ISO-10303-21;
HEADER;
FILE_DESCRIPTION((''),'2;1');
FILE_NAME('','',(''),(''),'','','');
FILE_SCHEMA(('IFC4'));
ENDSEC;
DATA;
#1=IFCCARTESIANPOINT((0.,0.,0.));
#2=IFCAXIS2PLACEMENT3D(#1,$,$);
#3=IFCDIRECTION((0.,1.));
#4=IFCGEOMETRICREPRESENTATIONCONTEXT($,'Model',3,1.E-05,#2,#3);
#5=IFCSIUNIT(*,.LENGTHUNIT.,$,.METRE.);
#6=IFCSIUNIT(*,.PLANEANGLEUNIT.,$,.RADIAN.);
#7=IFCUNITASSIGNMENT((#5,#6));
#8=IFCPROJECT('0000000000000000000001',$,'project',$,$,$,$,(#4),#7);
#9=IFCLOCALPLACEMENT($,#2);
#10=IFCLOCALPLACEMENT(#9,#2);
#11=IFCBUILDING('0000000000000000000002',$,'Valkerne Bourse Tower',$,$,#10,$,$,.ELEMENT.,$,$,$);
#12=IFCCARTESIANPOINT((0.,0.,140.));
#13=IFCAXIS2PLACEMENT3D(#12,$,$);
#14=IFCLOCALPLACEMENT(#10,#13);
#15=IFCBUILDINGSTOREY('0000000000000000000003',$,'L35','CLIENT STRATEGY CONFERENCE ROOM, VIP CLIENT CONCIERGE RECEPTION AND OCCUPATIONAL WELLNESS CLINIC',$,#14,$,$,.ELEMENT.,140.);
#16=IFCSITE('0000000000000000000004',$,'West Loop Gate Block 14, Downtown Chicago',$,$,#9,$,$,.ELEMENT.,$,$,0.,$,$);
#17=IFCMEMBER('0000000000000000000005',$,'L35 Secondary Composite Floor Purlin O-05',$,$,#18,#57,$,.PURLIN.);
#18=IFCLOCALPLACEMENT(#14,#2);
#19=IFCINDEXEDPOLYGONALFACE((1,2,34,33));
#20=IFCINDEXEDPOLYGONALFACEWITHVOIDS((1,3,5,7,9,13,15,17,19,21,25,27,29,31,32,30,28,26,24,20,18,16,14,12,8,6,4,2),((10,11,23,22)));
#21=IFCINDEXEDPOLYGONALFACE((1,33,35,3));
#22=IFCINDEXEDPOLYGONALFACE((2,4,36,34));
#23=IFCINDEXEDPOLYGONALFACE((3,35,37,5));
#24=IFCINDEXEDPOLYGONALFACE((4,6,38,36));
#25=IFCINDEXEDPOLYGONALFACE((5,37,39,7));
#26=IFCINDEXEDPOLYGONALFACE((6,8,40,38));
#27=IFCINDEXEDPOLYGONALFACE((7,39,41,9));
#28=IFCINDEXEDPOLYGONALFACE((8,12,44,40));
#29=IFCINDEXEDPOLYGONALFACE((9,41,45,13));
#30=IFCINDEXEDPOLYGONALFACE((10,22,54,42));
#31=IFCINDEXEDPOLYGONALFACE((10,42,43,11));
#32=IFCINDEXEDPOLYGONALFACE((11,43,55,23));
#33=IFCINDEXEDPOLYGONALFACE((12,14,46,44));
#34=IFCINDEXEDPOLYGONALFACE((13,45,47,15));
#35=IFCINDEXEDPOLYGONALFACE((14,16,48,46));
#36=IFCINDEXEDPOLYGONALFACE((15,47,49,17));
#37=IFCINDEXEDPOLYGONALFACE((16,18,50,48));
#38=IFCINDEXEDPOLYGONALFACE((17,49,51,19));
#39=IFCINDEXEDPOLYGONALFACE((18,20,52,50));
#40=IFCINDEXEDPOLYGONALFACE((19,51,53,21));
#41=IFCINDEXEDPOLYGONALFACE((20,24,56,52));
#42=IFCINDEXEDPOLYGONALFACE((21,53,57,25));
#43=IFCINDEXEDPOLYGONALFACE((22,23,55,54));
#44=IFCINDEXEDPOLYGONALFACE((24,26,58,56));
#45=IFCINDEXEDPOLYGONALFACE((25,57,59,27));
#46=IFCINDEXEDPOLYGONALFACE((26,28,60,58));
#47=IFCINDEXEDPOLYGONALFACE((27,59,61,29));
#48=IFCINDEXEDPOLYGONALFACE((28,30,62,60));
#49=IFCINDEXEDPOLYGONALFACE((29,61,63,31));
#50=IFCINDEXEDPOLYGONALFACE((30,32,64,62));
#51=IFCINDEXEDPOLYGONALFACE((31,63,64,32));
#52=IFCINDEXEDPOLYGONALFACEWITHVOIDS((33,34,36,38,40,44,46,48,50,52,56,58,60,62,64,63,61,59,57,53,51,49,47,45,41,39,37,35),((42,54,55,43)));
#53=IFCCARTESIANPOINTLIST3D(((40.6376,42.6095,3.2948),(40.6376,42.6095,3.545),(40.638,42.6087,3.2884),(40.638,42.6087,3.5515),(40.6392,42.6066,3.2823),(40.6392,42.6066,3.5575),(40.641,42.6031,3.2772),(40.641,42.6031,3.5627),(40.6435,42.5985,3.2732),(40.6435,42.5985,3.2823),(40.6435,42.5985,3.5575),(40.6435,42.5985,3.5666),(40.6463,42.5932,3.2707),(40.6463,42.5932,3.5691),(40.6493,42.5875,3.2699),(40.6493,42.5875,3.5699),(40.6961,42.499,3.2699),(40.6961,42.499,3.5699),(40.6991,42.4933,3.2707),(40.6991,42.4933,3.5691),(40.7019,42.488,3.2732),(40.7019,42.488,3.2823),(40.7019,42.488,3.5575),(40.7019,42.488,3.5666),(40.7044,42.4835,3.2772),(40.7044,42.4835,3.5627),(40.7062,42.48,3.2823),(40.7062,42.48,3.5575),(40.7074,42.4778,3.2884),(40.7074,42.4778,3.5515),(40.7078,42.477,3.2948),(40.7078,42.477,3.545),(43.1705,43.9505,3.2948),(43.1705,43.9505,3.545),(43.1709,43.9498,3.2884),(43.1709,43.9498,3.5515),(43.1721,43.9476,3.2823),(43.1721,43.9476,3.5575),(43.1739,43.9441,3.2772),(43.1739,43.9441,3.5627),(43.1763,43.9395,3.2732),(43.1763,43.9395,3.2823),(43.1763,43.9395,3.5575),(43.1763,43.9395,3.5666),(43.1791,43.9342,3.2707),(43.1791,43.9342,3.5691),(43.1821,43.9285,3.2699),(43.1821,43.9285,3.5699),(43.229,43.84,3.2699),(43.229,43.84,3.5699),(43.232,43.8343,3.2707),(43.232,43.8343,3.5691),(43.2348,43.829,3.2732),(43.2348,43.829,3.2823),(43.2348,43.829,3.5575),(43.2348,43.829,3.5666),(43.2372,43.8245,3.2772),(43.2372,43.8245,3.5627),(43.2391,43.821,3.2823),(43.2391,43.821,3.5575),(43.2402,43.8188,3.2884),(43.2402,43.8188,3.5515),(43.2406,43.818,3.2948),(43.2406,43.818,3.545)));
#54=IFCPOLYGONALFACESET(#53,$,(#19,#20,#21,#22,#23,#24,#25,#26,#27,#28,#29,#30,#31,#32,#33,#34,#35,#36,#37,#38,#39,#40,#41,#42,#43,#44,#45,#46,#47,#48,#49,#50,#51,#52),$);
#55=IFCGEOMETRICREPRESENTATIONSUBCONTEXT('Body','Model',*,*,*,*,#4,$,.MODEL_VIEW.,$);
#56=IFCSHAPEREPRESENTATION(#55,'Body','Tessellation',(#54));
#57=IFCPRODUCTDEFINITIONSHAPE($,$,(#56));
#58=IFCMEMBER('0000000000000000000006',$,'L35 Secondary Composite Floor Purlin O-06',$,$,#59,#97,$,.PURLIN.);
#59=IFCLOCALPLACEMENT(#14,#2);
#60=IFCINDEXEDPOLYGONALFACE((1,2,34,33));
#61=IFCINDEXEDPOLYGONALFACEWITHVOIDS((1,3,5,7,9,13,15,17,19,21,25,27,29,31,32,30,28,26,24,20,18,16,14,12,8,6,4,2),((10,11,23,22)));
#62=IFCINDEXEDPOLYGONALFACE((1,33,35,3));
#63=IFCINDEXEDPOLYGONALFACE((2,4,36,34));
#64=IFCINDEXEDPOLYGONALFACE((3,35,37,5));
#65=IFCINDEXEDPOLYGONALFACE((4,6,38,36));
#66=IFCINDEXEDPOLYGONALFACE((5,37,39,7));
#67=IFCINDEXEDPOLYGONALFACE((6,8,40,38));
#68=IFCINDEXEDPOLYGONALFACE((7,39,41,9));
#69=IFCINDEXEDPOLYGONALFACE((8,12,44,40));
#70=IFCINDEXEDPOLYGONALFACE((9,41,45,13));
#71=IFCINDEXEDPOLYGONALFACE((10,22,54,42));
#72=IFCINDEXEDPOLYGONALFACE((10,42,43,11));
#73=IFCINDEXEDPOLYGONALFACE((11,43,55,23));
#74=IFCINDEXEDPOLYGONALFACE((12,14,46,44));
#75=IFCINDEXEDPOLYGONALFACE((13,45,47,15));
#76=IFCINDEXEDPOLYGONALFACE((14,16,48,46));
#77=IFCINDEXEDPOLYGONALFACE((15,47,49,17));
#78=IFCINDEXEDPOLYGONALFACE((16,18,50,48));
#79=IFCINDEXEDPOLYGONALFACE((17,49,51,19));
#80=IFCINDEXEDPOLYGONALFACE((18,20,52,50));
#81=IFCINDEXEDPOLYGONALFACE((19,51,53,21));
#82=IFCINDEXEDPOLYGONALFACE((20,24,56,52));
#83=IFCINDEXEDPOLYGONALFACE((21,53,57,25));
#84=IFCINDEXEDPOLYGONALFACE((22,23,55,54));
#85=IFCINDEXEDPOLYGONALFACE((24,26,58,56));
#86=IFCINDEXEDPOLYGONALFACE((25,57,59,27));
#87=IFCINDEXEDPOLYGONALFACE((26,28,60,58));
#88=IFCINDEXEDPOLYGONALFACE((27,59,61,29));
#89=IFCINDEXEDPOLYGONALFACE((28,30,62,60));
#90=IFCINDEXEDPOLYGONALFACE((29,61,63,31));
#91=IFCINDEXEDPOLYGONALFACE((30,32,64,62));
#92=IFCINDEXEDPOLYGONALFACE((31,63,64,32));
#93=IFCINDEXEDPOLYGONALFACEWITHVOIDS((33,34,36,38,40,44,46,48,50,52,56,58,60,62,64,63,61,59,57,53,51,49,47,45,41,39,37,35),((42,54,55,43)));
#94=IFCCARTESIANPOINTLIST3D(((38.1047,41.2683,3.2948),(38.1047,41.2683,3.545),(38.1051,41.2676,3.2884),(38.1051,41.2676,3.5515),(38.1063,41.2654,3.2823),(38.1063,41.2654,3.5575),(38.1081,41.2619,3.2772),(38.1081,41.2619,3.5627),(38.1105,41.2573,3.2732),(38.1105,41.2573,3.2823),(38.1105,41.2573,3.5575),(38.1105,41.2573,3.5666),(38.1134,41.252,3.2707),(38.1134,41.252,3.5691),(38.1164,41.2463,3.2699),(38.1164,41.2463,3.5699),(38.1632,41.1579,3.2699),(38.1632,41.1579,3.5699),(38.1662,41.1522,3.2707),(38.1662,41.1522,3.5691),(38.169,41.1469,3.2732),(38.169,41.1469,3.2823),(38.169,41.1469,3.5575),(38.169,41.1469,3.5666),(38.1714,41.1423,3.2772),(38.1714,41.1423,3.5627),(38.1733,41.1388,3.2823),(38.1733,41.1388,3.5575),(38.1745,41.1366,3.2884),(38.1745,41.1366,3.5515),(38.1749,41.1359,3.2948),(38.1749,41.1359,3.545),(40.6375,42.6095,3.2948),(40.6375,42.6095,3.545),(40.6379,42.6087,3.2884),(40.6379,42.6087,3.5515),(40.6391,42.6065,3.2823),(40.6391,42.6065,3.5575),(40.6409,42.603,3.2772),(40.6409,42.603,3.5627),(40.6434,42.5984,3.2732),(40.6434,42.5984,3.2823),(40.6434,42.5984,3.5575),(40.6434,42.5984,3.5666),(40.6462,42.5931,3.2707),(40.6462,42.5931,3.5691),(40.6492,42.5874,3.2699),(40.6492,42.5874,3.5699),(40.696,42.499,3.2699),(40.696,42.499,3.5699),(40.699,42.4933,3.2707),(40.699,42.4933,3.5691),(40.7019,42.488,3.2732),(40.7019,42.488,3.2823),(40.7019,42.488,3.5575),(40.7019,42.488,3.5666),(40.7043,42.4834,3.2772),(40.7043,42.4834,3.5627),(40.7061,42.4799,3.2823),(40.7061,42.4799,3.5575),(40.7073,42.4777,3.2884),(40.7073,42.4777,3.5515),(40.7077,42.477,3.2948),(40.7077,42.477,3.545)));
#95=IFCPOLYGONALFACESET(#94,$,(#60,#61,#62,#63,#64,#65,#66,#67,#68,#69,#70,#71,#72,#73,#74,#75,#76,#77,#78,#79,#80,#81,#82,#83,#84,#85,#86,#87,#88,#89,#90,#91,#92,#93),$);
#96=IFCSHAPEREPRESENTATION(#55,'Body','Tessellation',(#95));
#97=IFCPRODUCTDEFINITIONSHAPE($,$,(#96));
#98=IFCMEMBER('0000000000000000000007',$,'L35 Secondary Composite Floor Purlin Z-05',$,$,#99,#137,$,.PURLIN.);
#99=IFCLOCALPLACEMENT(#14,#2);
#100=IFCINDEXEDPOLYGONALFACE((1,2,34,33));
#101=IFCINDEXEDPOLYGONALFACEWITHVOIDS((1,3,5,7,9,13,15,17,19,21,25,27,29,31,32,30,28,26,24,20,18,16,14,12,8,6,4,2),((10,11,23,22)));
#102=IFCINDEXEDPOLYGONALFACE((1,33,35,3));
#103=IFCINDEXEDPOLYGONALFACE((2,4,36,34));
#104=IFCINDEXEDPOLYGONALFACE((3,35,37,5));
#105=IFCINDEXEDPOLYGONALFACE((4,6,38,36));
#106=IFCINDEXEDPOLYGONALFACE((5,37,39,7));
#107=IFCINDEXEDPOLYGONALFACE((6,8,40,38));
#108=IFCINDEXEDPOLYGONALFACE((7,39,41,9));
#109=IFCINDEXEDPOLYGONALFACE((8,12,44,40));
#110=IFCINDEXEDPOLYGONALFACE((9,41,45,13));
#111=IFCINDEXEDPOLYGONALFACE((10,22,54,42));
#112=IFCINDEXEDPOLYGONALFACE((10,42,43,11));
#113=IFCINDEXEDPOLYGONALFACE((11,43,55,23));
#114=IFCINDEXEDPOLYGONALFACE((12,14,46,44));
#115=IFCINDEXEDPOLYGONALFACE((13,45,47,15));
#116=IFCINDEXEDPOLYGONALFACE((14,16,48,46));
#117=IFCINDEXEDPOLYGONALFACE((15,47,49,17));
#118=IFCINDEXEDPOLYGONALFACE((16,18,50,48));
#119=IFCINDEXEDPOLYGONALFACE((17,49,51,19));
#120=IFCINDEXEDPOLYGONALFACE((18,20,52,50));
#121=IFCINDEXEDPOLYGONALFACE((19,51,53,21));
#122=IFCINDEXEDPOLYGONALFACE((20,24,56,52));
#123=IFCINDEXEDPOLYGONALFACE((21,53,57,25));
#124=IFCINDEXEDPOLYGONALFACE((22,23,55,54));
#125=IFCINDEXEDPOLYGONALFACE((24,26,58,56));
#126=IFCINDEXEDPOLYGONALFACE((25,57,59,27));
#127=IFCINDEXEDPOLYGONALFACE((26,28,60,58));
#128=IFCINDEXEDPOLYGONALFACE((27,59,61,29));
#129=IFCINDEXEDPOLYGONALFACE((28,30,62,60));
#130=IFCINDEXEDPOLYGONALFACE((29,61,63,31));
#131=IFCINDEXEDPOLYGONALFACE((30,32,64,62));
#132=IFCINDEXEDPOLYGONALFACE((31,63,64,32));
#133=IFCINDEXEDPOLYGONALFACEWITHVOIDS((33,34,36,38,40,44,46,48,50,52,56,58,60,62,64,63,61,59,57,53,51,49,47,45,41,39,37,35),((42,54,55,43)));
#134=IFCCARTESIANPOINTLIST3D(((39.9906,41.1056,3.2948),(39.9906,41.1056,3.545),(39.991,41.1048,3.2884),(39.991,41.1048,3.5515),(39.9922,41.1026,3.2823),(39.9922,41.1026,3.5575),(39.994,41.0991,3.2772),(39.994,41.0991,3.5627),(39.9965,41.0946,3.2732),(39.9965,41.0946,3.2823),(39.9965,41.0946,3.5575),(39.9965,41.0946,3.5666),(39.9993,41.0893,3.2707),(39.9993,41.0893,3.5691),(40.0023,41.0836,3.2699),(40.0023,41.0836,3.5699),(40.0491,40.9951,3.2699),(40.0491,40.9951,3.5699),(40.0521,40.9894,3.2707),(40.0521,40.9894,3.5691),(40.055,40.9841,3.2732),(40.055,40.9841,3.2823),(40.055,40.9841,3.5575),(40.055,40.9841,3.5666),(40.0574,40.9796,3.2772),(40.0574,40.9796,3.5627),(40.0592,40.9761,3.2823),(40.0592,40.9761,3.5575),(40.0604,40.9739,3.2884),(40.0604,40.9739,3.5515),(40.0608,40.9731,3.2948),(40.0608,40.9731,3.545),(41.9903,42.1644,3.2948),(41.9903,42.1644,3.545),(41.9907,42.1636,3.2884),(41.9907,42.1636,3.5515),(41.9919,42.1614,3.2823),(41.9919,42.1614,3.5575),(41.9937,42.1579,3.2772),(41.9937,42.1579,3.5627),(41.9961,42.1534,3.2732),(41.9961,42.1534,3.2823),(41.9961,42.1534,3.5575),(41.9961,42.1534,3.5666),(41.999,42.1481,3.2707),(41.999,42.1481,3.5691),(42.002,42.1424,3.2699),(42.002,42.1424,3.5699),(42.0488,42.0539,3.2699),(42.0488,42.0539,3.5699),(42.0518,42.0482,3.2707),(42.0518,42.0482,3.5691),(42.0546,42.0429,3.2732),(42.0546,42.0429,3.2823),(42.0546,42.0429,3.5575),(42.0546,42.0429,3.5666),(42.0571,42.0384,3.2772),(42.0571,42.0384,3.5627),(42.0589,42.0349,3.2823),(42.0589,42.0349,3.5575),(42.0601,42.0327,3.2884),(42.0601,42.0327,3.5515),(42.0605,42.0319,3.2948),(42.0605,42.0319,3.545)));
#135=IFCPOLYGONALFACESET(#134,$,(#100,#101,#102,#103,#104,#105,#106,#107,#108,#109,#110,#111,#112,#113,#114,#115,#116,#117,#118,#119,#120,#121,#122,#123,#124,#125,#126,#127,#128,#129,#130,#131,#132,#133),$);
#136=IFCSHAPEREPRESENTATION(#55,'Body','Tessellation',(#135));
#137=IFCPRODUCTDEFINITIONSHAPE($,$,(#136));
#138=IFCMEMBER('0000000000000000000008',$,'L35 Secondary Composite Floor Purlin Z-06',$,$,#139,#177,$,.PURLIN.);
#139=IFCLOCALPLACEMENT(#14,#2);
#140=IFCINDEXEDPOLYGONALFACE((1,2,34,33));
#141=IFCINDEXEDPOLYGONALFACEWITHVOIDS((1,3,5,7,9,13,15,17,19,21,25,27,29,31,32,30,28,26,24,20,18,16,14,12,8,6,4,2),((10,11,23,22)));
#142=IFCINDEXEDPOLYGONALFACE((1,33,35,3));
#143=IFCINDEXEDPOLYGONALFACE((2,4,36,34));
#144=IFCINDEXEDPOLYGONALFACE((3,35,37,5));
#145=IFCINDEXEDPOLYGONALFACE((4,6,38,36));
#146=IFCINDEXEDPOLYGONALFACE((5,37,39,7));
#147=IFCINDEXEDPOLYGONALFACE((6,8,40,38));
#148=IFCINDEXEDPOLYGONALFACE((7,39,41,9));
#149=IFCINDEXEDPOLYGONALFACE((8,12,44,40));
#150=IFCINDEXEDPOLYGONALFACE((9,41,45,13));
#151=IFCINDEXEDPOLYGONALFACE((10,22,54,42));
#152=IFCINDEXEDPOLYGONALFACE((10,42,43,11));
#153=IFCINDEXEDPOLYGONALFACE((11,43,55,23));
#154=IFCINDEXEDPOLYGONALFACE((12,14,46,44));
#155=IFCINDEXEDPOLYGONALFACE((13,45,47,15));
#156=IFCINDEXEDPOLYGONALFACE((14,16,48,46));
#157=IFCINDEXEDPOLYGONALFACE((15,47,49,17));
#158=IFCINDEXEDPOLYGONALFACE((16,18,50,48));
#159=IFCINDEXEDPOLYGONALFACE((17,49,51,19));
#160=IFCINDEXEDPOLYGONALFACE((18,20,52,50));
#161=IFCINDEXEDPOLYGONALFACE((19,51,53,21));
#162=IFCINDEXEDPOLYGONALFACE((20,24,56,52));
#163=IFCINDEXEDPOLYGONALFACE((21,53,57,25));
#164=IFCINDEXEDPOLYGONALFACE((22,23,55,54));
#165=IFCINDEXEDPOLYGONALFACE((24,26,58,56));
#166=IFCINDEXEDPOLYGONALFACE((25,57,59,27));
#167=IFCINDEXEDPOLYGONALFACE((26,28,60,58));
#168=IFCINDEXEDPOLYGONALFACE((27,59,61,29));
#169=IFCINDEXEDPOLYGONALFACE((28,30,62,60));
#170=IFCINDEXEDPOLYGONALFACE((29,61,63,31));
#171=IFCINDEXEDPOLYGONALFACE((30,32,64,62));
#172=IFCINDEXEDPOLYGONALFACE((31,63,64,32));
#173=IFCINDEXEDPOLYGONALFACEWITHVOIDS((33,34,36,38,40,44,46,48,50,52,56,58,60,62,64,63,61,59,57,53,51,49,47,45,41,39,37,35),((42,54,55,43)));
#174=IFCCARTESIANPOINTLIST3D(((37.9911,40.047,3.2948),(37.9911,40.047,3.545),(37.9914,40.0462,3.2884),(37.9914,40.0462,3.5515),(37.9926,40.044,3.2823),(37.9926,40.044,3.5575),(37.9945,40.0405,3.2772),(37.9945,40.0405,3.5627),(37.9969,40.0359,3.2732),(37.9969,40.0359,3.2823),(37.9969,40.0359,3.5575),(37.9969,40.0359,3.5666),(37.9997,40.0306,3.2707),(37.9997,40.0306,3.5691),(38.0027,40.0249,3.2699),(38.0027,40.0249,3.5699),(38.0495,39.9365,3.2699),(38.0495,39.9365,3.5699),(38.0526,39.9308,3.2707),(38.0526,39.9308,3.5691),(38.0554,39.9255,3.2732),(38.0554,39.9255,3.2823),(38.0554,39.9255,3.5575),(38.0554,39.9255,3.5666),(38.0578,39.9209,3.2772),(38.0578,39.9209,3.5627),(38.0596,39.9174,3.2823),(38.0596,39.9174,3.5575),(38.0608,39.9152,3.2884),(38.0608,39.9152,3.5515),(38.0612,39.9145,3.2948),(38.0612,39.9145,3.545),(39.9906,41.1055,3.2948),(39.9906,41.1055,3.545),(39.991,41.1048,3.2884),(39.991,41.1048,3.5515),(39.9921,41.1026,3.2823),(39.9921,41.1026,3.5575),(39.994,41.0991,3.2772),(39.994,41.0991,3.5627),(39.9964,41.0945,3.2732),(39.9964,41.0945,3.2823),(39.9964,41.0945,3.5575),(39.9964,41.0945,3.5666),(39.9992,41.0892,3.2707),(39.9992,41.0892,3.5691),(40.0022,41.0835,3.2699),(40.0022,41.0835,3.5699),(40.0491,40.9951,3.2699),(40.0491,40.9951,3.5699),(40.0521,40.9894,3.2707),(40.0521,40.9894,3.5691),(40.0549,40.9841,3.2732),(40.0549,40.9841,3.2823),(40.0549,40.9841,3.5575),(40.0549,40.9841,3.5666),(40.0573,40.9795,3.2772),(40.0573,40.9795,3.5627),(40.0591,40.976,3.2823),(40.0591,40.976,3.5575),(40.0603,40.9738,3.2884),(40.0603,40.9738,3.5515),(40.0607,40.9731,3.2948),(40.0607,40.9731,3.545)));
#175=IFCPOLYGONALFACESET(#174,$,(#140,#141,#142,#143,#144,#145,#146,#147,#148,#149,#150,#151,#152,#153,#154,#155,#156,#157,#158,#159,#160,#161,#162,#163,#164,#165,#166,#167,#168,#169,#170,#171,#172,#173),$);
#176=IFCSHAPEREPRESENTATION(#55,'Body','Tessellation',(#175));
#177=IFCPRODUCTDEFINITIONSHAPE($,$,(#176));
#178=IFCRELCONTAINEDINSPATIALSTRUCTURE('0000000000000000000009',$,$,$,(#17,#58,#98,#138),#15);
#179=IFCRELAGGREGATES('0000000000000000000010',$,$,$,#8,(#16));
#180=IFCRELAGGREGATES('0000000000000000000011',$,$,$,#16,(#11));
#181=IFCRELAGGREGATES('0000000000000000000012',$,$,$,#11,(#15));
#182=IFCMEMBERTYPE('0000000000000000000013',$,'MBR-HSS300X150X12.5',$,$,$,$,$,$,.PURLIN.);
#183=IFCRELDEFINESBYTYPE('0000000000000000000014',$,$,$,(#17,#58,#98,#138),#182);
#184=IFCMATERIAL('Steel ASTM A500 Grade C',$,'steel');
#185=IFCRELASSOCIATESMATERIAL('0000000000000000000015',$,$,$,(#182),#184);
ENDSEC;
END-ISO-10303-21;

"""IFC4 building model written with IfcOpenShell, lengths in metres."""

from ifc_helpers import new_model, si_unit, direction, frame, origin, origin_2d, place, context, subcontext, project, spatial, hollow_rectangle, extrude, material, material_profile, profile_set, type_object, element, save


model = new_model("IFC4")

# Units and contexts
model_context = context("Model", 3, precision=1e-05, world=origin(), true_north=direction((0.0, 1.0)))
body_context = subcontext(model_context, "Body", "Model", "MODEL_VIEW")
ifc_project = project(units=[si_unit("LENGTHUNIT", "METRE"), si_unit("PLANEANGLEUNIT", "RADIAN")], contexts=[model_context])

# Site, building, storey
site_placement = place(None, origin())
site = spatial("IfcSite", under=ifc_project, at=site_placement, Name="West Loop Gate Block 14, Downtown Chicago", CompositionType="ELEMENT", RefElevation=0.0)
building_placement = place(site_placement, origin())
building = spatial("IfcBuilding", under=site, at=building_placement, Name="Valkerne Bourse Tower", CompositionType="ELEMENT")
storey_placement = place(building_placement, frame((0.0, 0.0, 140.0)))
storey = spatial("IfcBuildingStorey", under=building, at=storey_placement, Name="L35", Description="CLIENT STRATEGY CONFERENCE ROOM, VIP CLIENT CONCIERGE RECEPTION AND OCCUPATIONAL WELLNESS CLINIC", CompositionType="ELEMENT", Elevation=140.0)

# Members
ifc_material_1 = material(Name="Steel ASTM A500 Grade C", Category="steel")
ifc_material_profile_1 = material_profile(ifc_material_1, hollow_rectangle(XDim=0.1499, YDim=0.3, WallThickness=0.0125, OuterFilletRadius=0.0249, at=origin_2d()), Name="HSS300X150X12.5")
ifc_profile_set_1 = profile_set([ifc_material_profile_1], Name="Steel ASTM A500 Grade C")
member_type_1 = type_object("IfcMemberType", Name="MBR-HSS300X150X12.5", PredefinedType="PURLIN", material=ifc_profile_set_1)
for number, where, z_axis, x_axis, name in (
    (1, (43.2056, 43.8843, 3.4199), (-0.883775, -0.467911, 0.0), (0.467911, -0.883775, 0.0), "L35 Secondary Composite Floor Purlin O-05"),
    (2, (40.6726, 42.5432, 3.4199), (-0.883757, -0.467946, 0.0), (0.467946, -0.883757, 0.0), "L35 Secondary Composite Floor Purlin O-06"),
):
    element("IfcMember", number, at=place(storey_placement, frame(where, z_axis=z_axis, x_axis=x_axis)), inside=storey, type_object=member_type_1, Name=name, PredefinedType="PURLIN", context=body_context, shape_type="SweptSolid", body=[
        extrude(hollow_rectangle(XDim=0.1499, YDim=0.3, WallThickness=0.0125, OuterFilletRadius=0.0249, at=origin_2d()), origin(), (0.0, 0.0, 1.0), 2.866),
    ])
member_1_placement = place(storey_placement, frame((42.0254, 42.0981, 3.4199), z_axis=(-0.883762, -0.467937, 0.0), x_axis=(0.467937, -0.883762, 0.0)))
element("IfcMember", 3, at=member_1_placement, inside=storey, type_object=member_type_1, Name="L35 Secondary Composite Floor Purlin Z-05", PredefinedType="PURLIN", context=body_context, shape_type="SweptSolid", body=[
    extrude(hollow_rectangle(XDim=0.1499, YDim=0.3, WallThickness=0.0125, OuterFilletRadius=0.0249, at=origin_2d()), origin(), (0.0, 0.0, 1.0), 2.2627),
])
member_2_placement = place(storey_placement, frame((40.0256, 41.0393, 3.4199), z_axis=(-0.883783, -0.467898, 0.0), x_axis=(0.467898, -0.883783, 0.0)))
element("IfcMember", 4, at=member_2_placement, inside=storey, type_object=member_type_1, Name="L35 Secondary Composite Floor Purlin Z-06", PredefinedType="PURLIN", context=body_context, shape_type="SweptSolid", body=[
    extrude(hollow_rectangle(XDim=0.1499, YDim=0.3, WallThickness=0.0125, OuterFilletRadius=0.0249, at=origin_2d()), origin(), (0.0, 0.0, 1.0), 2.2625),
])

save(model, "model.ifc")
